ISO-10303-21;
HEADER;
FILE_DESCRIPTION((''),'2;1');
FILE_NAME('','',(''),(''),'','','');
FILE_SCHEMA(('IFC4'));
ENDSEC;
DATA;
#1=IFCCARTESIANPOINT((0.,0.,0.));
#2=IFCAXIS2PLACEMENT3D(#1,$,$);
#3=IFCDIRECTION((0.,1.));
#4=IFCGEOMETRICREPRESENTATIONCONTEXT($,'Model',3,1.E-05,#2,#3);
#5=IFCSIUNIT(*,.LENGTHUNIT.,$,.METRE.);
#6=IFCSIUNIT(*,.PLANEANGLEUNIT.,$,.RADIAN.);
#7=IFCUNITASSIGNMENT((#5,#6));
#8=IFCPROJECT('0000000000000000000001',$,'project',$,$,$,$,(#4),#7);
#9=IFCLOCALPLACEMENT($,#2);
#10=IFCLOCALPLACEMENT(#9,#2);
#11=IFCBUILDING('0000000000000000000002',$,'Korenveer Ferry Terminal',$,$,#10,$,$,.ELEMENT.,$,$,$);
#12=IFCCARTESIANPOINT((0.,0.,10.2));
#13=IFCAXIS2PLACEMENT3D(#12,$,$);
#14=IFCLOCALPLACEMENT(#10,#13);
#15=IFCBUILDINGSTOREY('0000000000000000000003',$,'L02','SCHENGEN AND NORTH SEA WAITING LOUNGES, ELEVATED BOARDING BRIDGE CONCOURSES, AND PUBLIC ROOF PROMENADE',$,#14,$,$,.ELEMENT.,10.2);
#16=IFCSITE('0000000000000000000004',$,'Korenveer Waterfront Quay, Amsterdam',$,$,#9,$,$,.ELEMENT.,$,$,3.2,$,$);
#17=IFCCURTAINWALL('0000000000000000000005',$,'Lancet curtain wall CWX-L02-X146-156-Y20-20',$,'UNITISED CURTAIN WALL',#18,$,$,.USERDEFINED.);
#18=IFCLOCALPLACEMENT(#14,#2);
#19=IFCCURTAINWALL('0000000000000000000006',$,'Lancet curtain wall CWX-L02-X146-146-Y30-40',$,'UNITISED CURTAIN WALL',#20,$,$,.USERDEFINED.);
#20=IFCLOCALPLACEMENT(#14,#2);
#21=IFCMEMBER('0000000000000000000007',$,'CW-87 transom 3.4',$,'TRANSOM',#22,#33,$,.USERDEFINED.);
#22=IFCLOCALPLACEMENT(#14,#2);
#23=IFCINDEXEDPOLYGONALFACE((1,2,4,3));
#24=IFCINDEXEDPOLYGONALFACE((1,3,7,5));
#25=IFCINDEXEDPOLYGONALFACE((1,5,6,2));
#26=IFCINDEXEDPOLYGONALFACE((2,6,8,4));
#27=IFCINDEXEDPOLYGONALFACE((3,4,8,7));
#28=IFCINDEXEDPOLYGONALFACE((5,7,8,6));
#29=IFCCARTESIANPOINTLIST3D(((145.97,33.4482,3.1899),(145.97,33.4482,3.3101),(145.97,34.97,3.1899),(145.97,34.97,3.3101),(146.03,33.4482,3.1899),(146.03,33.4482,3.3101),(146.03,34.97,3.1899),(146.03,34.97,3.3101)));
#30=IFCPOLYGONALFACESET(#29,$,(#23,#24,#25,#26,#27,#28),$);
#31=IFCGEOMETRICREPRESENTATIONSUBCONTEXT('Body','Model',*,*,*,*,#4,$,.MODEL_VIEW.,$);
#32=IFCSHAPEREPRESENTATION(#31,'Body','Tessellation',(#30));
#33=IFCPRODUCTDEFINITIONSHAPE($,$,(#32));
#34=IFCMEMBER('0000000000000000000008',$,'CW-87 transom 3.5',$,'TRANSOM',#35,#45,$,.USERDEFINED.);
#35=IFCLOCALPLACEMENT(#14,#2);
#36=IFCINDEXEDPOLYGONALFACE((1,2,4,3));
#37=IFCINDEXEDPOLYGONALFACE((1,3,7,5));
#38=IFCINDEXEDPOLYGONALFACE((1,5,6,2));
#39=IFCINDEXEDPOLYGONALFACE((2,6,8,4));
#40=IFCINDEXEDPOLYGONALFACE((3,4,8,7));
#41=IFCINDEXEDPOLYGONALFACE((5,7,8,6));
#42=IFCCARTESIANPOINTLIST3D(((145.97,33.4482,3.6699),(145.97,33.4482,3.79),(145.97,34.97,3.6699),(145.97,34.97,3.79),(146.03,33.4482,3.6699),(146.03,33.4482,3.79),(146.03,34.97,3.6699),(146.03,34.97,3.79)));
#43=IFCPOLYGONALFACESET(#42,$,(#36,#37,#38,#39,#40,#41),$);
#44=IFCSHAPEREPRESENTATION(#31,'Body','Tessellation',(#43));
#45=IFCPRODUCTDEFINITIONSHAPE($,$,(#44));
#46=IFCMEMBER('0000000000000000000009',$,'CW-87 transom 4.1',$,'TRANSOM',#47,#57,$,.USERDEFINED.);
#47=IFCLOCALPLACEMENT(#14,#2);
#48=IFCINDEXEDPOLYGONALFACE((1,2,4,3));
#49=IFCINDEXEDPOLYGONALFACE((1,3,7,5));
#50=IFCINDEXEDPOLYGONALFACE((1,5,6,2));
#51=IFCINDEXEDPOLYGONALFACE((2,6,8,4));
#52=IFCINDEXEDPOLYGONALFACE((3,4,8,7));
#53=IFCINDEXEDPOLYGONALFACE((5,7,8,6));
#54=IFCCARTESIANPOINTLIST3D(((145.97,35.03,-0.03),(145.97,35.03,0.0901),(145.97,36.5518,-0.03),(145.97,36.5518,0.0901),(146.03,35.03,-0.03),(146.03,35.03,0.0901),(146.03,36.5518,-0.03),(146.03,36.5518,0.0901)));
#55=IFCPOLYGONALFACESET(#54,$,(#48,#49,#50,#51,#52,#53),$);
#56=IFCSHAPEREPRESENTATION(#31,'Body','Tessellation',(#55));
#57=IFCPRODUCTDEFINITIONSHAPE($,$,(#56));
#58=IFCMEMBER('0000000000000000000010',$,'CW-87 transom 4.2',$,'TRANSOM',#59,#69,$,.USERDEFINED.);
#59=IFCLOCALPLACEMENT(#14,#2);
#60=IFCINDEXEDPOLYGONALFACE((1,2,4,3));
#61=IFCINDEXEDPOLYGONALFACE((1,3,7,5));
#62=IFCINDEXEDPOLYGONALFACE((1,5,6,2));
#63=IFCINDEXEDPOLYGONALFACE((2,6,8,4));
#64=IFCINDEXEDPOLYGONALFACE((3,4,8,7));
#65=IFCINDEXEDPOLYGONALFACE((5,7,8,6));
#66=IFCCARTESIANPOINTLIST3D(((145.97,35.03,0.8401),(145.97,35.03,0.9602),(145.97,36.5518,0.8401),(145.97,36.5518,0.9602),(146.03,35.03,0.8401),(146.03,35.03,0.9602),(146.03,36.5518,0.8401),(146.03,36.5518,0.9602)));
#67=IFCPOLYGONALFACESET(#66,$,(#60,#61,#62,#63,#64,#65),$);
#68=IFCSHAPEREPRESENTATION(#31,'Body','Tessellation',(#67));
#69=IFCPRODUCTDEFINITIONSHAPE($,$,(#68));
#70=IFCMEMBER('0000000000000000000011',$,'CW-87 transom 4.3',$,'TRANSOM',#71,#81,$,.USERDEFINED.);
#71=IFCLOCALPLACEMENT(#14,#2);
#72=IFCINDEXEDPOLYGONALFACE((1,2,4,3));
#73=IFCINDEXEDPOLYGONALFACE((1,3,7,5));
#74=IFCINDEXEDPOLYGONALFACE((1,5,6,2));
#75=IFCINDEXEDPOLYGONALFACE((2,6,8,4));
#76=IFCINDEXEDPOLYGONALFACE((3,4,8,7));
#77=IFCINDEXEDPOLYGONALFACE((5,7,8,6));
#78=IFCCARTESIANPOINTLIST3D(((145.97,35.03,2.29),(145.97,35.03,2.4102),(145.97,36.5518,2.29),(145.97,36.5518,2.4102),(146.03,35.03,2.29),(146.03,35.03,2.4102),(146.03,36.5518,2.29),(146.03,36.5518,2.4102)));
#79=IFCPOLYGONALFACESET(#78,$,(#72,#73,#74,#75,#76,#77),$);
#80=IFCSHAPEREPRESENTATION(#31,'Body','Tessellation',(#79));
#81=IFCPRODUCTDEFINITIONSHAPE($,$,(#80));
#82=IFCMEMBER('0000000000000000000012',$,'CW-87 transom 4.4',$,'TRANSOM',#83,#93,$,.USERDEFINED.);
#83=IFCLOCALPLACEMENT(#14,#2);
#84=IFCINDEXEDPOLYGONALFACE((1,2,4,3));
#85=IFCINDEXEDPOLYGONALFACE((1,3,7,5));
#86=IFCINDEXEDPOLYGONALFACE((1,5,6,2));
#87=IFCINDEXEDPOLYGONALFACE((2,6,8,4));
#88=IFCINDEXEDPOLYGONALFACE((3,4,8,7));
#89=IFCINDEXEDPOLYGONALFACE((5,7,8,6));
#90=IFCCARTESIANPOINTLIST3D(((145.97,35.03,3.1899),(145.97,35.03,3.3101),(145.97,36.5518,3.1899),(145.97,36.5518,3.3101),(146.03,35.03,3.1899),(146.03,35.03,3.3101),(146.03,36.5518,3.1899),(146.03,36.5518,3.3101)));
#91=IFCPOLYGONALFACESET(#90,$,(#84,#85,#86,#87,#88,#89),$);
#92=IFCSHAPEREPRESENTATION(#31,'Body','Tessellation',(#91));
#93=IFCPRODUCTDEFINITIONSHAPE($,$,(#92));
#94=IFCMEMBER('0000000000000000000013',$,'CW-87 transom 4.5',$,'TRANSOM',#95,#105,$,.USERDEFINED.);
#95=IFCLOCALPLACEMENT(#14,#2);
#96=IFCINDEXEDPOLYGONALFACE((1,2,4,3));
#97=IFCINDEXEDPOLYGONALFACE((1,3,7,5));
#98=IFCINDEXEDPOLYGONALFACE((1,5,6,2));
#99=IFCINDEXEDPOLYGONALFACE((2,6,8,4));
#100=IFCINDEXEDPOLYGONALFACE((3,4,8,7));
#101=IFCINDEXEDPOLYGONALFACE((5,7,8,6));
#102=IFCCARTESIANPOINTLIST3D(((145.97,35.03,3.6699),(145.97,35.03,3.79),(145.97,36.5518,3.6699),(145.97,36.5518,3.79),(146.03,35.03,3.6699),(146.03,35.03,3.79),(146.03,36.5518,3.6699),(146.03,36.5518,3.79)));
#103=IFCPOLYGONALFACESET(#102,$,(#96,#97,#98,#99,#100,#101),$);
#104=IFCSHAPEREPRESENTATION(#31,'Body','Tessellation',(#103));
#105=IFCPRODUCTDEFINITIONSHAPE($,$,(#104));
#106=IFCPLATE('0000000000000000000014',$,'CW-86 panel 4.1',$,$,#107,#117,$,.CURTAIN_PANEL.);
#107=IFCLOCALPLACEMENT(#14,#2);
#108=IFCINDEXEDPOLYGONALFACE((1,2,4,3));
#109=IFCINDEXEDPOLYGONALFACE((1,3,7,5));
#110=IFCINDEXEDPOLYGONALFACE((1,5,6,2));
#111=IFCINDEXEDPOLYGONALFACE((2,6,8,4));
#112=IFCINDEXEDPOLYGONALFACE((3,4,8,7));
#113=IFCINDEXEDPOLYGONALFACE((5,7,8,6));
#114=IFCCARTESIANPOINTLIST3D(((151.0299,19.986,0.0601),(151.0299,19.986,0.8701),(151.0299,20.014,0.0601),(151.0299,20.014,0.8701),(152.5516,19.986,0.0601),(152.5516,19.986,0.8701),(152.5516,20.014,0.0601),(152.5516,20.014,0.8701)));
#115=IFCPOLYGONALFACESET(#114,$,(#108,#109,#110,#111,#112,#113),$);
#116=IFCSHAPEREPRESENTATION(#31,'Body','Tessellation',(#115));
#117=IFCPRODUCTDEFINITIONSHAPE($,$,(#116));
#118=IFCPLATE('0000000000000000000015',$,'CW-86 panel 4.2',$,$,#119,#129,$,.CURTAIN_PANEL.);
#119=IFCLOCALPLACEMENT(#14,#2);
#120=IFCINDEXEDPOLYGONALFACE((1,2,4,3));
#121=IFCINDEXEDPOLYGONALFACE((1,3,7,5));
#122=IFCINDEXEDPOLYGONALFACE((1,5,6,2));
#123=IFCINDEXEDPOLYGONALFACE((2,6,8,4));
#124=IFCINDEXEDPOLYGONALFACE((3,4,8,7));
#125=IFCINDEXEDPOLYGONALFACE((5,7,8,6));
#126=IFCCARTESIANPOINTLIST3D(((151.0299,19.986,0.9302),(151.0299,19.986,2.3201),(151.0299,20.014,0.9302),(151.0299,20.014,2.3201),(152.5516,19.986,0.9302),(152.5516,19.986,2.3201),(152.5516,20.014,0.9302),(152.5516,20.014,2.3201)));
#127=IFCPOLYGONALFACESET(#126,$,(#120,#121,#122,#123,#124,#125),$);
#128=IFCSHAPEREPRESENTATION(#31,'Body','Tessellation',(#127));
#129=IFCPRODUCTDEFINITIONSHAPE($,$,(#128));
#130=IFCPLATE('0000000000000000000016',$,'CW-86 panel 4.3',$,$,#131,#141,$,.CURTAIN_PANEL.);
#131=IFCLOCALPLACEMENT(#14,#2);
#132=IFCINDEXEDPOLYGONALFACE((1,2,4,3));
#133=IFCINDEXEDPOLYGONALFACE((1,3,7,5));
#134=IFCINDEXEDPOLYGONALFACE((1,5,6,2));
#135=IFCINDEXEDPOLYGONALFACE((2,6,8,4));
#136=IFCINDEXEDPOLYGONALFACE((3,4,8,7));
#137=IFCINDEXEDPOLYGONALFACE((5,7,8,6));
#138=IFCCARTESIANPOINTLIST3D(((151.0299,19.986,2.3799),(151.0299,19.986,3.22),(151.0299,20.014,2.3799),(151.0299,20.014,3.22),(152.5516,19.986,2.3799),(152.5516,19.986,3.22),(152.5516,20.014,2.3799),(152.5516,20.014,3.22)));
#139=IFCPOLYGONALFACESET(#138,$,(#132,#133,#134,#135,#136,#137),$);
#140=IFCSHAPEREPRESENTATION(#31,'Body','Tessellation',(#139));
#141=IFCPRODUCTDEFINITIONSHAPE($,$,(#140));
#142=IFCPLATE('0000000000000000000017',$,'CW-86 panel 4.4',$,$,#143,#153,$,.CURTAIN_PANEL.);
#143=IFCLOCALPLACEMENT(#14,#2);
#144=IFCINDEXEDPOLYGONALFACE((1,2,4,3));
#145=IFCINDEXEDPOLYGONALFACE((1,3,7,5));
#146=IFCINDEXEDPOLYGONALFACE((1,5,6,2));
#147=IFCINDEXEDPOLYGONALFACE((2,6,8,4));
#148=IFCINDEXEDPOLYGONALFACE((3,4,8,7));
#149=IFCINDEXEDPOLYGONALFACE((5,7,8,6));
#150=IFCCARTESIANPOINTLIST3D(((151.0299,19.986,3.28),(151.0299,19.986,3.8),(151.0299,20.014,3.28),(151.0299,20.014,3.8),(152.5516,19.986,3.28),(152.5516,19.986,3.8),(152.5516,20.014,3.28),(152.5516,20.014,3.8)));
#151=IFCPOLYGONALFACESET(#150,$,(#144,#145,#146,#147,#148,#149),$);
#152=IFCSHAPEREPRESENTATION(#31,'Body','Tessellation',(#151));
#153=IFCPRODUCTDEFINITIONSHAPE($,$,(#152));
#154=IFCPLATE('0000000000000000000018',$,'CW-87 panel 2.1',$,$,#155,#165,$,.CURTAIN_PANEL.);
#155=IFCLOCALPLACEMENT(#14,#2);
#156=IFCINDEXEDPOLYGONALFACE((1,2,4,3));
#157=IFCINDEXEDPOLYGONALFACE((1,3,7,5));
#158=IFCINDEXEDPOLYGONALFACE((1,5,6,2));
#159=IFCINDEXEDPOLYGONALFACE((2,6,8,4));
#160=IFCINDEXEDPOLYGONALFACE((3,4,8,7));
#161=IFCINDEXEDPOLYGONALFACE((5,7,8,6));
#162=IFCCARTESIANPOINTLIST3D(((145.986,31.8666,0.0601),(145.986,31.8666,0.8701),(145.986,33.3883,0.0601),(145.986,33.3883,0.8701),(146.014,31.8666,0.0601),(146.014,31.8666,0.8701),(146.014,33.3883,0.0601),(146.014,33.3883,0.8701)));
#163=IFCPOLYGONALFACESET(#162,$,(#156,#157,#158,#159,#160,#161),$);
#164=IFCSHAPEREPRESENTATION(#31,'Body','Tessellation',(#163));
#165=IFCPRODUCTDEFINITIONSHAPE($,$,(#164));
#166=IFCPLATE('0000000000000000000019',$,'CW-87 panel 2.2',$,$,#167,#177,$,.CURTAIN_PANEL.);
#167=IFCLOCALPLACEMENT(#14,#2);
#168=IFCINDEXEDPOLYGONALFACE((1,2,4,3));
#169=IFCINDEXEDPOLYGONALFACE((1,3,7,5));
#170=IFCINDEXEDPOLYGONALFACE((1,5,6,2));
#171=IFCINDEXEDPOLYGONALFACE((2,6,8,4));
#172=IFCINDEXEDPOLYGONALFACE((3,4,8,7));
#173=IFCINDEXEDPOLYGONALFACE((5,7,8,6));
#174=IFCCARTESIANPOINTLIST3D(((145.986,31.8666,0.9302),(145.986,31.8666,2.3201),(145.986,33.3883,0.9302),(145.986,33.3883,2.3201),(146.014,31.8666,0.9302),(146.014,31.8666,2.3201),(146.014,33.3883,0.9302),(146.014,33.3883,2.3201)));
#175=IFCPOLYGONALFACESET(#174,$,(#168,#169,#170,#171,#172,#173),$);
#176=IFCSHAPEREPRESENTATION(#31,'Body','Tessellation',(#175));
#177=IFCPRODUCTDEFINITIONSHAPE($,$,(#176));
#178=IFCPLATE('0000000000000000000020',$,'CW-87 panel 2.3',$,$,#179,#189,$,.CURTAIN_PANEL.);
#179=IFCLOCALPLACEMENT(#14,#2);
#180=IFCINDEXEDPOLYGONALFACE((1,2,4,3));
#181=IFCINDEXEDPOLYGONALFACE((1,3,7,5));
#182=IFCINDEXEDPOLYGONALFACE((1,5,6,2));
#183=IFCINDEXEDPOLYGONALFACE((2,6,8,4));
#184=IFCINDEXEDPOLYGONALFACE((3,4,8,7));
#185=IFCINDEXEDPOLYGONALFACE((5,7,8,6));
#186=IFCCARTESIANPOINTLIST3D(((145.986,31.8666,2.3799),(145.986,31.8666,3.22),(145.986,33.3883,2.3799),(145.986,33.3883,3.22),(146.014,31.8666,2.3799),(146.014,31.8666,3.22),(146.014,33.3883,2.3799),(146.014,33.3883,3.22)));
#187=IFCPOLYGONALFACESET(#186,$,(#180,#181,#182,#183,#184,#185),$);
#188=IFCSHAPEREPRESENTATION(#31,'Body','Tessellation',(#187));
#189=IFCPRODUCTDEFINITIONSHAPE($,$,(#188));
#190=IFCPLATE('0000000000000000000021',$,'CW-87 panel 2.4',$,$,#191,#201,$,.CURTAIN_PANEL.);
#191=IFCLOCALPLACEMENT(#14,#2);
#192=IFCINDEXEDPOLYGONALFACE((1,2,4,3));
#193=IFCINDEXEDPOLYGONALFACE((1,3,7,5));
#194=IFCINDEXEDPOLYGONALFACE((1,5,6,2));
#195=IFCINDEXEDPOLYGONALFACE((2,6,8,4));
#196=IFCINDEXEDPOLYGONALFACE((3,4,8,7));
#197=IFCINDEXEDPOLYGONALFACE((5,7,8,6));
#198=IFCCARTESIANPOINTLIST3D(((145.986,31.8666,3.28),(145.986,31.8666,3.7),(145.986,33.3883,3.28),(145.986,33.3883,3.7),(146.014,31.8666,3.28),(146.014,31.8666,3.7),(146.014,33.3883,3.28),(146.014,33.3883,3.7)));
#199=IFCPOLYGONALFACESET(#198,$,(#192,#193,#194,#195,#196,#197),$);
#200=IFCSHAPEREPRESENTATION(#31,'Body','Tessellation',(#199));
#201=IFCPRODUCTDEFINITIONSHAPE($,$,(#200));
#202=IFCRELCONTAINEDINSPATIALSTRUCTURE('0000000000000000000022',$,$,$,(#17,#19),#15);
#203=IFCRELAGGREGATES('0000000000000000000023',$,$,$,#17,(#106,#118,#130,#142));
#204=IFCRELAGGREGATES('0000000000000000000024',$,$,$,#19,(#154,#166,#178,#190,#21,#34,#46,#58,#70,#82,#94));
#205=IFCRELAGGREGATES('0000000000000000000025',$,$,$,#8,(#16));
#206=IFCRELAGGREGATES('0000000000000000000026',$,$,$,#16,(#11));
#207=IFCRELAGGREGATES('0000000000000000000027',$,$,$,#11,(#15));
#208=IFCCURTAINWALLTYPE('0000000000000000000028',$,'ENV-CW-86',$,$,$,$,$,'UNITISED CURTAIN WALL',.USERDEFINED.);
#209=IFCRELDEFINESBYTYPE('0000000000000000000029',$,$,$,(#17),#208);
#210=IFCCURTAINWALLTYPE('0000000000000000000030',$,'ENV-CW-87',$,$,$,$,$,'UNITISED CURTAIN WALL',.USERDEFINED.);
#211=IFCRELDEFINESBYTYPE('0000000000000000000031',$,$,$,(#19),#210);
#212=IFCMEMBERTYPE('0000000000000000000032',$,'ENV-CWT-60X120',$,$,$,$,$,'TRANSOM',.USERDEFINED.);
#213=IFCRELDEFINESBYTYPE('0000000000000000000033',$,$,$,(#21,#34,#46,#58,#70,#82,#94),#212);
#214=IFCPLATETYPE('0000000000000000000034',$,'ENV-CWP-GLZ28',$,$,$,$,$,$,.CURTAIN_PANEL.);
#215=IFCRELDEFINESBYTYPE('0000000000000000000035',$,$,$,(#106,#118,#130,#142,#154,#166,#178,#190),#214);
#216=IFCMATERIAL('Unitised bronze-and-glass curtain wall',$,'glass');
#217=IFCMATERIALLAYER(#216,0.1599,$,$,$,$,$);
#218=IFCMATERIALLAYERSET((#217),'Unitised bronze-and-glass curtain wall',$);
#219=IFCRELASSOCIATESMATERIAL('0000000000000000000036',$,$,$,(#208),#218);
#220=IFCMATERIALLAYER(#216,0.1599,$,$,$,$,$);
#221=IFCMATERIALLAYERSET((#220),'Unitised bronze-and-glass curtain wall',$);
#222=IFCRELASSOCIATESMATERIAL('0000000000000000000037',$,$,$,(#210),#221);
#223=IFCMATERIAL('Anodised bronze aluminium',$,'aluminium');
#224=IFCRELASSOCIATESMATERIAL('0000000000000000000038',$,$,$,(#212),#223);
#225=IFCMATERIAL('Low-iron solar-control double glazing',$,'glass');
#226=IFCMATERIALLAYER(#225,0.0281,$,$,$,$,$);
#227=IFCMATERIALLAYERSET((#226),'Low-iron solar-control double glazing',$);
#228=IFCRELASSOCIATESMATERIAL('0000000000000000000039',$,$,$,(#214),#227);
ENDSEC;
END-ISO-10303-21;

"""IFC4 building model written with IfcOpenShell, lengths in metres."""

from ifc_helpers import new_model, si_unit, direction, frame, origin, origin_2d, place, context, subcontext, project, spatial, rectangle, extrude, material, layer, layer_set, material_profile, profile_set, type_object, element, aggregate, save


model = new_model("IFC4")

# Units and contexts
model_context = context("Model", 3, precision=1e-05, world=origin(), true_north=direction((0.0, 1.0)))
body_context = subcontext(model_context, "Body", "Model", "MODEL_VIEW")
ifc_project = project(units=[si_unit("LENGTHUNIT", "METRE"), si_unit("PLANEANGLEUNIT", "RADIAN")], contexts=[model_context])

# Site, building, storey
site_placement = place(None, origin())
site = spatial("IfcSite", under=ifc_project, at=site_placement, Name="Korenveer Waterfront Quay, Amsterdam", CompositionType="ELEMENT", RefElevation=3.2)
building_placement = place(site_placement, origin())
building = spatial("IfcBuilding", under=site, at=building_placement, Name="Korenveer Ferry Terminal", CompositionType="ELEMENT")
storey_placement = place(building_placement, frame((0.0, 0.0, 10.2)))
storey = spatial("IfcBuildingStorey", under=building, at=storey_placement, Name="L02", Description="SCHENGEN AND NORTH SEA WAITING LOUNGES, ELEVATED BOARDING BRIDGE CONCOURSES, AND PUBLIC ROOF PROMENADE", CompositionType="ELEMENT", Elevation=10.2)

# Curtain wall
ifc_material_1 = material(Name="Unitised bronze-and-glass curtain wall", Category="glass")
ifc_layer_1 = layer(ifc_material_1, 0.1599)
ifc_layer_set_1 = layer_set([ifc_layer_1], Name="Unitised bronze-and-glass curtain wall")
curtain_wall_type_1 = type_object("IfcCurtainWallType", Name="ENV-CW-86", ElementType="UNITISED CURTAIN WALL", PredefinedType="USERDEFINED", material=ifc_layer_set_1)
curtain_wall_1_placement = place(storey_placement, frame((146.2549, 20.0, 0.0)))
curtain_wall_1 = element("IfcCurtainWall", 1, at=curtain_wall_1_placement, inside=storey, type_object=curtain_wall_type_1, Name="Lancet curtain wall CWX-L02-X146-156-Y20-20", ObjectType="UNITISED CURTAIN WALL", PredefinedType="USERDEFINED")
ifc_material_2 = material(Name="Anodised bronze aluminium", Category="aluminium")

# Curtain wall
ifc_layer_2 = layer(ifc_material_1, 0.1599)
ifc_layer_set_2 = layer_set([ifc_layer_2], Name="Unitised bronze-and-glass curtain wall")
curtain_wall_type_2 = type_object("IfcCurtainWallType", Name="ENV-CW-87", ElementType="UNITISED CURTAIN WALL", PredefinedType="USERDEFINED", material=ifc_layer_set_2)
curtain_wall_2_placement = place(storey_placement, frame((146.0, 30.2549, 0.0)))
curtain_wall_2 = element("IfcCurtainWall", 2, at=curtain_wall_2_placement, inside=storey, type_object=curtain_wall_type_2, Name="Lancet curtain wall CWX-L02-X146-146-Y30-40", ObjectType="UNITISED CURTAIN WALL", PredefinedType="USERDEFINED")

# Members
ifc_material_profile_1 = material_profile(ifc_material_2, rectangle(XDim=0.0601, YDim=0.1201, at=origin_2d()), Name="ALU 60x120")
ifc_profile_set_1 = profile_set([ifc_material_profile_1], Name="Anodised bronze aluminium")
member_type_1 = type_object("IfcMemberType", Name="ENV-CWT-60X120", ElementType="TRANSOM", PredefinedType="USERDEFINED", material=ifc_profile_set_1)
member_1_placement = place(storey_placement, frame((146.0, 33.4482, 3.25), z_axis=(0.0, 1.0, 0.0), x_axis=(-1.0, 0.0, 0.0)))
member_1 = element("IfcMember", 3, at=member_1_placement, type_object=member_type_1, Name="CW-87 transom 3.4", ObjectType="TRANSOM", PredefinedType="USERDEFINED", context=body_context, shape_type="SweptSolid", body=[
    extrude(rectangle(XDim=0.0601, YDim=0.1201, at=origin_2d()), origin(), (0.0, 0.0, 1.0), 1.5217),
])
member_2_placement = place(storey_placement, frame((146.0, 33.4482, 3.73), z_axis=(0.0, 1.0, 0.0), x_axis=(-1.0, 0.0, 0.0)))
member_2 = element("IfcMember", 4, at=member_2_placement, type_object=member_type_1, Name="CW-87 transom 3.5", ObjectType="TRANSOM", PredefinedType="USERDEFINED", context=body_context, shape_type="SweptSolid", body=[
    extrude(rectangle(XDim=0.0601, YDim=0.1201, at=origin_2d()), origin(), (0.0, 0.0, 1.0), 1.5217),
])
member_3_placement = place(storey_placement, frame((146.0, 35.03, 0.03), z_axis=(0.0, 1.0, 0.0), x_axis=(-1.0, 0.0, 0.0)))
member_3 = element("IfcMember", 5, at=member_3_placement, type_object=member_type_1, Name="CW-87 transom 4.1", ObjectType="TRANSOM", PredefinedType="USERDEFINED", context=body_context, shape_type="SweptSolid", body=[
    extrude(rectangle(XDim=0.0601, YDim=0.1201, at=origin_2d()), origin(), (0.0, 0.0, 1.0), 1.5217),
])
member_4_placement = place(storey_placement, frame((146.0, 35.03, 0.9001), z_axis=(0.0, 1.0, 0.0), x_axis=(-1.0, 0.0, 0.0)))
member_4 = element("IfcMember", 6, at=member_4_placement, type_object=member_type_1, Name="CW-87 transom 4.2", ObjectType="TRANSOM", PredefinedType="USERDEFINED", context=body_context, shape_type="SweptSolid", body=[
    extrude(rectangle(XDim=0.0601, YDim=0.1201, at=origin_2d()), origin(), (0.0, 0.0, 1.0), 1.5217),
])
member_5_placement = place(storey_placement, frame((146.0, 35.03, 2.3501), z_axis=(0.0, 1.0, 0.0), x_axis=(-1.0, 0.0, 0.0)))
member_5 = element("IfcMember", 7, at=member_5_placement, type_object=member_type_1, Name="CW-87 transom 4.3", ObjectType="TRANSOM", PredefinedType="USERDEFINED", context=body_context, shape_type="SweptSolid", body=[
    extrude(rectangle(XDim=0.0601, YDim=0.1201, at=origin_2d()), origin(), (0.0, 0.0, 1.0), 1.5217),
])
member_6_placement = place(storey_placement, frame((146.0, 35.03, 3.25), z_axis=(0.0, 1.0, 0.0), x_axis=(-1.0, 0.0, 0.0)))
member_6 = element("IfcMember", 8, at=member_6_placement, type_object=member_type_1, Name="CW-87 transom 4.4", ObjectType="TRANSOM", PredefinedType="USERDEFINED", context=body_context, shape_type="SweptSolid", body=[
    extrude(rectangle(XDim=0.0601, YDim=0.1201, at=origin_2d()), origin(), (0.0, 0.0, 1.0), 1.5217),
])
member_7_placement = place(storey_placement, frame((146.0, 35.03, 3.73), z_axis=(0.0, 1.0, 0.0), x_axis=(-1.0, 0.0, 0.0)))
member_7 = element("IfcMember", 9, at=member_7_placement, type_object=member_type_1, Name="CW-87 transom 4.5", ObjectType="TRANSOM", PredefinedType="USERDEFINED", context=body_context, shape_type="SweptSolid", body=[
    extrude(rectangle(XDim=0.0601, YDim=0.1201, at=origin_2d()), origin(), (0.0, 0.0, 1.0), 1.5217),
])

# Plates
ifc_material_3 = material(Name="Low-iron solar-control double glazing", Category="glass")
ifc_layer_3 = layer(ifc_material_3, 0.0281)
ifc_layer_set_3 = layer_set([ifc_layer_3], Name="Low-iron solar-control double glazing")
plate_type = type_object("IfcPlateType", Name="ENV-CWP-GLZ28", PredefinedType="CURTAIN_PANEL", material=ifc_layer_set_3)
plate_1_placement = place(storey_placement, frame((151.7908, 20.0, 0.0601), z_axis=(0.0, 0.0, 1.0), x_axis=(1.0, 0.0, 0.0)))
plate_1 = element("IfcPlate", 10, at=plate_1_placement, type_object=plate_type, Name="CW-86 panel 4.1", PredefinedType="CURTAIN_PANEL", context=body_context, shape_type="SweptSolid", body=[
    extrude(rectangle(XDim=1.5217, YDim=0.0281, at=origin_2d()), origin(), (0.0, 0.0, 1.0), 0.8101),
])
plate_2_placement = place(storey_placement, frame((151.7908, 20.0, 0.9302), z_axis=(0.0, 0.0, 1.0), x_axis=(1.0, 0.0, 0.0)))
plate_2 = element("IfcPlate", 11, at=plate_2_placement, type_object=plate_type, Name="CW-86 panel 4.2", PredefinedType="CURTAIN_PANEL", context=body_context, shape_type="SweptSolid", body=[
    extrude(rectangle(XDim=1.5217, YDim=0.0281, at=origin_2d()), origin(), (0.0, 0.0, 1.0), 1.3899),
])
plate_3_placement = place(storey_placement, frame((151.7908, 20.0, 2.3799), z_axis=(0.0, 0.0, 1.0), x_axis=(1.0, 0.0, 0.0)))
plate_3 = element("IfcPlate", 12, at=plate_3_placement, type_object=plate_type, Name="CW-86 panel 4.3", PredefinedType="CURTAIN_PANEL", context=body_context, shape_type="SweptSolid", body=[
    extrude(rectangle(XDim=1.5217, YDim=0.0281, at=origin_2d()), origin(), (0.0, 0.0, 1.0), 0.8401),
])
plate_4_placement = place(storey_placement, frame((151.7908, 20.0, 3.28), z_axis=(0.0, 0.0, 1.0), x_axis=(1.0, 0.0, 0.0)))
plate_4 = element("IfcPlate", 13, at=plate_4_placement, type_object=plate_type, Name="CW-86 panel 4.4", PredefinedType="CURTAIN_PANEL", context=body_context, shape_type="SweptSolid", body=[
    extrude(rectangle(XDim=1.5217, YDim=0.0281, at=origin_2d()), origin(), (0.0, 0.0, 1.0), 0.52),
])
aggregate(curtain_wall_1, [plate_1, plate_2, plate_3, plate_4])
plate_5_placement = place(storey_placement, frame((146.0, 32.6274, 0.0601), z_axis=(0.0, 0.0, 1.0), x_axis=(0.0, 1.0, 0.0)))
plate_5 = element("IfcPlate", 14, at=plate_5_placement, type_object=plate_type, Name="CW-87 panel 2.1", PredefinedType="CURTAIN_PANEL", context=body_context, shape_type="SweptSolid", body=[
    extrude(rectangle(XDim=1.5217, YDim=0.0281, at=origin_2d()), origin(), (0.0, 0.0, 1.0), 0.8101),
])
plate_6_placement = place(storey_placement, frame((146.0, 32.6274, 0.9302), z_axis=(0.0, 0.0, 1.0), x_axis=(0.0, 1.0, 0.0)))
plate_6 = element("IfcPlate", 15, at=plate_6_placement, type_object=plate_type, Name="CW-87 panel 2.2", PredefinedType="CURTAIN_PANEL", context=body_context, shape_type="SweptSolid", body=[
    extrude(rectangle(XDim=1.5217, YDim=0.0281, at=origin_2d()), origin(), (0.0, 0.0, 1.0), 1.3899),
])
plate_7_placement = place(storey_placement, frame((146.0, 32.6274, 2.3799), z_axis=(0.0, 0.0, 1.0), x_axis=(0.0, 1.0, 0.0)))
plate_7 = element("IfcPlate", 16, at=plate_7_placement, type_object=plate_type, Name="CW-87 panel 2.3", PredefinedType="CURTAIN_PANEL", context=body_context, shape_type="SweptSolid", body=[
    extrude(rectangle(XDim=1.5217, YDim=0.0281, at=origin_2d()), origin(), (0.0, 0.0, 1.0), 0.8401),
])
plate_8_placement = place(storey_placement, frame((146.0, 32.6274, 3.28), z_axis=(0.0, 0.0, 1.0), x_axis=(0.0, 1.0, 0.0)))
plate_8 = element("IfcPlate", 17, at=plate_8_placement, type_object=plate_type, Name="CW-87 panel 2.4", PredefinedType="CURTAIN_PANEL", context=body_context, shape_type="SweptSolid", body=[
    extrude(rectangle(XDim=1.5217, YDim=0.0281, at=origin_2d()), origin(), (0.0, 0.0, 1.0), 0.4199),
])
aggregate(curtain_wall_2, [plate_5, plate_6, plate_7, plate_8, member_1, member_2, member_3, member_4, member_5, member_6, member_7])

save(model, "model.ifc")
